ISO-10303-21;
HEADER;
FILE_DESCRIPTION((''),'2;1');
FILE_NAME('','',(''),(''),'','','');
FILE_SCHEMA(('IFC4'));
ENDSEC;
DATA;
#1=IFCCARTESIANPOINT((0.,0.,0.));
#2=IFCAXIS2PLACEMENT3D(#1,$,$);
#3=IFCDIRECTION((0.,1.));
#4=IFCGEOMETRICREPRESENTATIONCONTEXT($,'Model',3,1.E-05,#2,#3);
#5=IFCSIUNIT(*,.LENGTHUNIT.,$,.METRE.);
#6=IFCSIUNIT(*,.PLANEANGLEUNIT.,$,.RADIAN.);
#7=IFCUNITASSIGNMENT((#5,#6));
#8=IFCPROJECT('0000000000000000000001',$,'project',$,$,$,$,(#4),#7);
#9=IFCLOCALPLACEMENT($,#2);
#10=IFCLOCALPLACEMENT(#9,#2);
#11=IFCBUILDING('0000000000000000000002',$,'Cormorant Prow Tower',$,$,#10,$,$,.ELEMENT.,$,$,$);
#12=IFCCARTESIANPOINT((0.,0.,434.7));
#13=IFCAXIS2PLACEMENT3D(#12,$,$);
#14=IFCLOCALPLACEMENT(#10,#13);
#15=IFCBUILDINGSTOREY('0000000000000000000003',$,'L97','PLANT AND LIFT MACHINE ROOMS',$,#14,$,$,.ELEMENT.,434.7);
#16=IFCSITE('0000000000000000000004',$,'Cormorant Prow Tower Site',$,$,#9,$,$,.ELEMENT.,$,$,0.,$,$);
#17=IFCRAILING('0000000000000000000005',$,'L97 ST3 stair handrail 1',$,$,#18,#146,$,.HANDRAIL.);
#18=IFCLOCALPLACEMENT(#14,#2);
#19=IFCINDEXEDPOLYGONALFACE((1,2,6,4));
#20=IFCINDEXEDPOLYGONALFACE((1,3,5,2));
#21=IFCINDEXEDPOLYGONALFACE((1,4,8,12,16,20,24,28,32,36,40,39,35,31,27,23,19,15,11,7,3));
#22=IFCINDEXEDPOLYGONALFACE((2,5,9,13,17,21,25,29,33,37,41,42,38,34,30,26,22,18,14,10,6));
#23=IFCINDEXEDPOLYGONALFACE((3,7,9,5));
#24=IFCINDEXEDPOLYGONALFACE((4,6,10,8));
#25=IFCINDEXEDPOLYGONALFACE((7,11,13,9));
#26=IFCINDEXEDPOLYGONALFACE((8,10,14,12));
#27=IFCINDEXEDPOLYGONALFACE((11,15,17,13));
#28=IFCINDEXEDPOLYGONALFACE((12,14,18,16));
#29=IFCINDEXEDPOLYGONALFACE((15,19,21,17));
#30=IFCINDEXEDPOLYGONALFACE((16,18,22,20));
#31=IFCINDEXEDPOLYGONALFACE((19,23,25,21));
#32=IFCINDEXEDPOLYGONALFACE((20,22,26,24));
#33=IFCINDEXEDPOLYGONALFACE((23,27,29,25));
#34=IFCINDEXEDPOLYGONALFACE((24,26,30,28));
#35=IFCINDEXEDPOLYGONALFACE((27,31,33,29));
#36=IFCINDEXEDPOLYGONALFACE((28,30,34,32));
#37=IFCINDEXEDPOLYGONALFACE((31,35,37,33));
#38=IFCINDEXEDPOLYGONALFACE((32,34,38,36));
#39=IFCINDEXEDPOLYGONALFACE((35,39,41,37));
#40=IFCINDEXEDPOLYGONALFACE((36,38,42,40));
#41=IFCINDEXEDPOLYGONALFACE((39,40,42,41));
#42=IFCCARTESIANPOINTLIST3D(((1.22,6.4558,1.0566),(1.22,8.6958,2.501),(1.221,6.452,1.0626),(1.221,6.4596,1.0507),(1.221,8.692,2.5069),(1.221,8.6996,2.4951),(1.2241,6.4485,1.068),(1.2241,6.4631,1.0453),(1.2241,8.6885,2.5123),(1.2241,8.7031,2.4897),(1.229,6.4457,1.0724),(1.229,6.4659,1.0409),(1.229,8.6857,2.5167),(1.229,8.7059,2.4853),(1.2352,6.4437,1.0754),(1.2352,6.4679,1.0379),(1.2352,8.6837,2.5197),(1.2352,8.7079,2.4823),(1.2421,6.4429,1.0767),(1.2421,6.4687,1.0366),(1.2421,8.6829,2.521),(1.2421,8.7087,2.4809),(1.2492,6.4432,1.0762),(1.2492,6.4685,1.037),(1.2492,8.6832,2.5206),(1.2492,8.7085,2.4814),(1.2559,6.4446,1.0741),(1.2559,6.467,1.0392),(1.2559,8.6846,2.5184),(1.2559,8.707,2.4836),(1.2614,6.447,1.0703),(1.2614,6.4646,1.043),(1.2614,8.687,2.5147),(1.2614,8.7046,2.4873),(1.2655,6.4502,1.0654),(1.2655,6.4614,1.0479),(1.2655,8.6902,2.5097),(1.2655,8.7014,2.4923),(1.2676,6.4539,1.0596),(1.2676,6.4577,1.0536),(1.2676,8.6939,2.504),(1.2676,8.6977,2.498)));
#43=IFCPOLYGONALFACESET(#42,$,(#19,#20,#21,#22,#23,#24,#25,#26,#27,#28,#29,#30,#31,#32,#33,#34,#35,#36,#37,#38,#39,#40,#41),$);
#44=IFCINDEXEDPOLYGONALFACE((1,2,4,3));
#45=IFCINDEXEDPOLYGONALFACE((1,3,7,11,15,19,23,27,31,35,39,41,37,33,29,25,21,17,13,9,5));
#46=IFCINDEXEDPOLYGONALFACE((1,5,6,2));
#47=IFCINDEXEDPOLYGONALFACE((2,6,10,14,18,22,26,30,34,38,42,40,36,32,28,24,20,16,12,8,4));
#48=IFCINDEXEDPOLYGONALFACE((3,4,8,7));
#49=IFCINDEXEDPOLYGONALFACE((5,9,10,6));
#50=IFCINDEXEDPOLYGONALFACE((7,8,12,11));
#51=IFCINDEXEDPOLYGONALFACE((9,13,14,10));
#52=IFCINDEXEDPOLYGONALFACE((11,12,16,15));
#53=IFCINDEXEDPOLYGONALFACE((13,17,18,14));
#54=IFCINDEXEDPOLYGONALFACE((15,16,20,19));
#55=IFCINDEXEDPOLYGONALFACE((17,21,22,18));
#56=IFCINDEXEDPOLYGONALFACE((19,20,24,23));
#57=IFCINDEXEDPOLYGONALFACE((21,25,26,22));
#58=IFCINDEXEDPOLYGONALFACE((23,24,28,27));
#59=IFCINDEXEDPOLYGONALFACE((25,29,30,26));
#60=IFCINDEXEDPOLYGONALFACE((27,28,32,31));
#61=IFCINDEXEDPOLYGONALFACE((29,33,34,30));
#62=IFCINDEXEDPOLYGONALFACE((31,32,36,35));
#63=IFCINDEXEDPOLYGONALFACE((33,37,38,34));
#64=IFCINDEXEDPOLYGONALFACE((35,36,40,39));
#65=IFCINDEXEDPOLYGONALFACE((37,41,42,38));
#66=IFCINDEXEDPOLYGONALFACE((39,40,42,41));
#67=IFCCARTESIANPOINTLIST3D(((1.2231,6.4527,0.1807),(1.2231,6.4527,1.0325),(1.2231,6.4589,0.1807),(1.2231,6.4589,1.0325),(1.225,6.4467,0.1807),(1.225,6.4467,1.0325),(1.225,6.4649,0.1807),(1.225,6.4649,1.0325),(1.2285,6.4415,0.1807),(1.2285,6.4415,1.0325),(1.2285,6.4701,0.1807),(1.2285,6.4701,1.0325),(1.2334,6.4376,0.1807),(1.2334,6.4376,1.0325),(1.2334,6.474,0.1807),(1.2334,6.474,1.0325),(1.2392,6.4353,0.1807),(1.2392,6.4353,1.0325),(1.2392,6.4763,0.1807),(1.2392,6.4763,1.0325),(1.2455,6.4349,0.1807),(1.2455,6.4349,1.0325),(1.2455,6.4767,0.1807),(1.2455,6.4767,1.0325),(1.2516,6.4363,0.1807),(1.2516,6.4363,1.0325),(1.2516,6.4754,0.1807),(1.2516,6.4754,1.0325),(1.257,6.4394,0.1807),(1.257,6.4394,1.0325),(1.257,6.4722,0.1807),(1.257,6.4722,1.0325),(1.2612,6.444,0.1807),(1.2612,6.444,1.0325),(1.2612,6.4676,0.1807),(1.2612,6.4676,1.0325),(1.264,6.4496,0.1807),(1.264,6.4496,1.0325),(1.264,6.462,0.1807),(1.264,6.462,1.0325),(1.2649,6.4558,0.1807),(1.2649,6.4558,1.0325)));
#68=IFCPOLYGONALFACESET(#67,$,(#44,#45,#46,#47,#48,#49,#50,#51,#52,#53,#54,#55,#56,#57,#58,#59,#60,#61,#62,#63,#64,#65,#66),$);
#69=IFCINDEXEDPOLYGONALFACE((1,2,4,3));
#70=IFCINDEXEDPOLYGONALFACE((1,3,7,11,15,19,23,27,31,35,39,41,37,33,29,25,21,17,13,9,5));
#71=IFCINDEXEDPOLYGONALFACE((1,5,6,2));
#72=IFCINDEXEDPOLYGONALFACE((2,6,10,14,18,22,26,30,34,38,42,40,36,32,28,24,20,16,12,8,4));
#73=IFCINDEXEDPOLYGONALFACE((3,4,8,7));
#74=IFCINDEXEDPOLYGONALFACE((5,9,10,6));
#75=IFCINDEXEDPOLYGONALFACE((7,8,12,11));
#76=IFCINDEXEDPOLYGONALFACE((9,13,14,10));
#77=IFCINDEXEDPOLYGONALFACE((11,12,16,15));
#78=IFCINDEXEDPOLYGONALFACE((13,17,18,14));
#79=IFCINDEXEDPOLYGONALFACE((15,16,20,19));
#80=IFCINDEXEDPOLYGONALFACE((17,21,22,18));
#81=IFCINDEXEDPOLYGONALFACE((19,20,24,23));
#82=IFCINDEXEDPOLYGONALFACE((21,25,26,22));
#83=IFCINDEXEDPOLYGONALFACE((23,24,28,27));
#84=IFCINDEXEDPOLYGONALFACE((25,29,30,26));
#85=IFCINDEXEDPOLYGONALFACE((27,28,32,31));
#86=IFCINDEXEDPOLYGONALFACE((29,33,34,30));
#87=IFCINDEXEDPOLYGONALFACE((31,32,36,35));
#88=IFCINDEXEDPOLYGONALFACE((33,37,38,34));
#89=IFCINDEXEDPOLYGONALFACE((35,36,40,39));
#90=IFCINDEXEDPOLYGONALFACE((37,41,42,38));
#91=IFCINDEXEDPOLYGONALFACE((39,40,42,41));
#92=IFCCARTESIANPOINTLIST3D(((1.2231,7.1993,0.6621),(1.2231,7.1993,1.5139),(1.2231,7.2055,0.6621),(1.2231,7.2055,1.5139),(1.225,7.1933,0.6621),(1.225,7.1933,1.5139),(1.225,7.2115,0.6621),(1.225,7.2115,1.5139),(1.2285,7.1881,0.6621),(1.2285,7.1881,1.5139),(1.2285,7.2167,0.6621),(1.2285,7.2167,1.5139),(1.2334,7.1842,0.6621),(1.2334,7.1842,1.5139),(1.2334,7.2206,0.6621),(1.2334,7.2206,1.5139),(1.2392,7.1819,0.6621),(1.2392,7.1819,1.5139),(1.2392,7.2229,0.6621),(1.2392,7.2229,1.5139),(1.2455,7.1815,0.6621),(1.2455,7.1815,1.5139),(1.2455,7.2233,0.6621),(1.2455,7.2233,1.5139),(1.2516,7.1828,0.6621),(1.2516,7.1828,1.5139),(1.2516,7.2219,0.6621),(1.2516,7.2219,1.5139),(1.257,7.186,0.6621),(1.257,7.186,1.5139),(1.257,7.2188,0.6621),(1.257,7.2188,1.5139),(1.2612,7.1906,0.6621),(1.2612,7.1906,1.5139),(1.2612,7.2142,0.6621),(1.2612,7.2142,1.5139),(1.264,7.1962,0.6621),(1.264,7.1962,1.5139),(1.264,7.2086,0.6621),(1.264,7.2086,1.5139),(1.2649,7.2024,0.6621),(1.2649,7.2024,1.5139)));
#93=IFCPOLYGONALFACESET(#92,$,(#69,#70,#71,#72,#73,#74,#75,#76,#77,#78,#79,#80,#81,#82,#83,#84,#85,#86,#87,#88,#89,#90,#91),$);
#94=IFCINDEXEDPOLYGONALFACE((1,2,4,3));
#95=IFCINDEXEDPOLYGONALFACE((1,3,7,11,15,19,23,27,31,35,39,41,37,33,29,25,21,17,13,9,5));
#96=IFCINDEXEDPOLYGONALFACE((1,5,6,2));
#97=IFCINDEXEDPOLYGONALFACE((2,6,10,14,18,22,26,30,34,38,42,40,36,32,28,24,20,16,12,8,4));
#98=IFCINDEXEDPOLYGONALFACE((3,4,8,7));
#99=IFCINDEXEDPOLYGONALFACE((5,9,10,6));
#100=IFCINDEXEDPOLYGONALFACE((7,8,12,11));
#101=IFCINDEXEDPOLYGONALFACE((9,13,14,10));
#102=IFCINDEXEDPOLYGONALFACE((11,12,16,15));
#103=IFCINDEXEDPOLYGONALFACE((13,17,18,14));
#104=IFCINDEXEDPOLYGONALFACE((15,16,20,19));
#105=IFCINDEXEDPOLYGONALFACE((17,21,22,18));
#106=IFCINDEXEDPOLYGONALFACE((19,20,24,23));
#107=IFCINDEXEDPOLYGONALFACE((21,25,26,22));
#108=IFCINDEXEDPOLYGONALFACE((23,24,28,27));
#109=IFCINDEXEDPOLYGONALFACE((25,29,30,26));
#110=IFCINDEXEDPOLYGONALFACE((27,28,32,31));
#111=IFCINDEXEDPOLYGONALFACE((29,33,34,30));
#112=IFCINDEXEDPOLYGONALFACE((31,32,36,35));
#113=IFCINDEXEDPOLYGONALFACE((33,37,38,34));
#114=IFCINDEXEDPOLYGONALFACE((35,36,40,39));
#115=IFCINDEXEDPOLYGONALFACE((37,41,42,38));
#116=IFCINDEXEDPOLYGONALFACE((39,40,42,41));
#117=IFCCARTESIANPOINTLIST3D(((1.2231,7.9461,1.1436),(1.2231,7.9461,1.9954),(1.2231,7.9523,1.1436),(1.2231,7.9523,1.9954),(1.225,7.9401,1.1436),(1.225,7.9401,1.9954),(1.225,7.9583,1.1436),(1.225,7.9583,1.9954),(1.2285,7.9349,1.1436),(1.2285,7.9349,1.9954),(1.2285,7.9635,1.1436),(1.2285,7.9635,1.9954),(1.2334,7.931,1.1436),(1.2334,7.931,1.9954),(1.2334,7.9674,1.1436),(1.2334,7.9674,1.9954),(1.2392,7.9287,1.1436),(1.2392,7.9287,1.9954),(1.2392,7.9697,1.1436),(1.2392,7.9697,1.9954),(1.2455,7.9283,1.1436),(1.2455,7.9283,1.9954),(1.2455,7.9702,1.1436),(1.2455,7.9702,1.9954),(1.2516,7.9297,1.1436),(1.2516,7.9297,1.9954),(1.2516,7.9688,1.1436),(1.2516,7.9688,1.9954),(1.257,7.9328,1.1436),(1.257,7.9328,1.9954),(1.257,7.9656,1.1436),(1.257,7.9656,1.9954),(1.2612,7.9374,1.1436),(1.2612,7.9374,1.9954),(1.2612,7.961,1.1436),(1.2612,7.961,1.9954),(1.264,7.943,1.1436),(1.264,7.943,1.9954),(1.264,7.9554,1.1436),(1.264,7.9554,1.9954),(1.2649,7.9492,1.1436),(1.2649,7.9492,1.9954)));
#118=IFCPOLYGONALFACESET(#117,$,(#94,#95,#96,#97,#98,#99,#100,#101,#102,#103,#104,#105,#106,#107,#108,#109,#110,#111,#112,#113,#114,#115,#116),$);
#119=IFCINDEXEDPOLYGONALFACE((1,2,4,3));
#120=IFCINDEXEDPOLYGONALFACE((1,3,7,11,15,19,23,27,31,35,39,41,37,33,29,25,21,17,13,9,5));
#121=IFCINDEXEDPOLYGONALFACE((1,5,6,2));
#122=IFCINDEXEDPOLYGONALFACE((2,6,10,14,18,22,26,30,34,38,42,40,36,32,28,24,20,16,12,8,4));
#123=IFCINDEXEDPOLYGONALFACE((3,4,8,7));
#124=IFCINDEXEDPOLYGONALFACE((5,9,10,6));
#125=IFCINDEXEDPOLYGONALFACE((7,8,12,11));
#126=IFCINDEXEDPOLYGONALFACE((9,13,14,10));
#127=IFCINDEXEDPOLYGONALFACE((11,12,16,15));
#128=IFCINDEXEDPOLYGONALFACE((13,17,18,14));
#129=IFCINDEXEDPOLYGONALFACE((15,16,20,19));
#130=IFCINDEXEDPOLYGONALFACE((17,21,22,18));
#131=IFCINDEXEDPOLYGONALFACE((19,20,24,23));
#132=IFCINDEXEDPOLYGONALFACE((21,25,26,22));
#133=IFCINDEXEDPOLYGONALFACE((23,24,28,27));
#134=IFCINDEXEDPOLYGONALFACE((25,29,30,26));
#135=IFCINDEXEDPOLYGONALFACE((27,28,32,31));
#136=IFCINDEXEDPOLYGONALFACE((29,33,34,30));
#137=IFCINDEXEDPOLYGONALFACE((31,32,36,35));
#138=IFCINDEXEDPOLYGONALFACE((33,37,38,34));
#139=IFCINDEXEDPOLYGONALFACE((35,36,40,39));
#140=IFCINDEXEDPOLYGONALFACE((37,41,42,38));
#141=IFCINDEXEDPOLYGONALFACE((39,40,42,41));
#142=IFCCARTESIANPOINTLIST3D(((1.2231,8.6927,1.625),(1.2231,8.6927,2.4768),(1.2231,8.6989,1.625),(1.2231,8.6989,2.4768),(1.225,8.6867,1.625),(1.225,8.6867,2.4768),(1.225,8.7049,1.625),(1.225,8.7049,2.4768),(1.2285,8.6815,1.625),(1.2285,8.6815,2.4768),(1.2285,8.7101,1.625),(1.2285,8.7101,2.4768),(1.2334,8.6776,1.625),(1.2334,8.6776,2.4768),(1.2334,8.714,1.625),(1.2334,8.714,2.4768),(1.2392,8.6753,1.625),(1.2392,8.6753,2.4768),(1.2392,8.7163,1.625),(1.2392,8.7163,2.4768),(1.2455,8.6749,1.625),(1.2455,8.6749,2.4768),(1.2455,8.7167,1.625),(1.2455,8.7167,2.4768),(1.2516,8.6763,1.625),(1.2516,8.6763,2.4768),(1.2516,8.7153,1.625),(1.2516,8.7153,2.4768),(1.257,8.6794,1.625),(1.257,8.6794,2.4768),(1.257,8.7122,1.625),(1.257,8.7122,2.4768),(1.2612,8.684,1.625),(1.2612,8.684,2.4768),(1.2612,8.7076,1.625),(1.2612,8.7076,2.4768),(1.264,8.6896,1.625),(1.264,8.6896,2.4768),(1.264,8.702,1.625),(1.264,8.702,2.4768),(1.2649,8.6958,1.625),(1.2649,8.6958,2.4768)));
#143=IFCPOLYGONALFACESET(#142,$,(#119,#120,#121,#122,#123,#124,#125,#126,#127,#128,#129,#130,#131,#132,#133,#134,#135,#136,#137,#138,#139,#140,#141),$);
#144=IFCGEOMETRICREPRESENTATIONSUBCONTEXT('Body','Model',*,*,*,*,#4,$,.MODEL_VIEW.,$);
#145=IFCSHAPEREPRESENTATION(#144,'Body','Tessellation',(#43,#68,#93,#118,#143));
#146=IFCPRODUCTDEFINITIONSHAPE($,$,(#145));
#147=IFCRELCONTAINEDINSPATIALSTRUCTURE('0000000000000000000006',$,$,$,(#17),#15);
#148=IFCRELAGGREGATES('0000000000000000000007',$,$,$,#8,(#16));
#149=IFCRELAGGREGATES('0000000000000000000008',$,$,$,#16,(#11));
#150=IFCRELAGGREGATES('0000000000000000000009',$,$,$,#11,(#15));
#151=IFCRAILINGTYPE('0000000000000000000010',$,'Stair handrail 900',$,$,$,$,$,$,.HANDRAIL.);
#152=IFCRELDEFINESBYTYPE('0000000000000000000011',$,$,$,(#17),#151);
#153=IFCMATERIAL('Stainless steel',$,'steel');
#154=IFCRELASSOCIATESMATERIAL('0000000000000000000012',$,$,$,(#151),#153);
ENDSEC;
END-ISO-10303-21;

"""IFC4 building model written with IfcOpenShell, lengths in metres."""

from ifc_helpers import new_model, si_unit, direction, frame, origin, origin_2d, place, context, subcontext, project, spatial, circle, extrude, material, type_object, element, save


model = new_model("IFC4")

# Units and contexts
model_context = context("Model", 3, precision=1e-05, world=origin(), true_north=direction((0.0, 1.0)))
body_context = subcontext(model_context, "Body", "Model", "MODEL_VIEW")
ifc_project = project(units=[si_unit("LENGTHUNIT", "METRE"), si_unit("PLANEANGLEUNIT", "RADIAN")], contexts=[model_context])

# Site, building, storey
site_placement = place(None, origin())
site = spatial("IfcSite", under=ifc_project, at=site_placement, Name="Cormorant Prow Tower Site", CompositionType="ELEMENT", RefElevation=0.0)
building_placement = place(site_placement, origin())
building = spatial("IfcBuilding", under=site, at=building_placement, Name="Cormorant Prow Tower", CompositionType="ELEMENT")
storey_placement = place(building_placement, frame((0.0, 0.0, 434.7)))
storey = spatial("IfcBuildingStorey", under=building, at=storey_placement, Name="L97", Description="PLANT AND LIFT MACHINE ROOMS", CompositionType="ELEMENT", Elevation=434.7)

# Railing
ifc_material_1 = material(Name="Stainless steel", Category="steel")
railing_type_1 = type_object("IfcRailingType", Name="Stair handrail 900", PredefinedType="HANDRAIL", material=ifc_material_1)
for number, where, name in (
    (1, (1.2439, 6.4558, 0.1807), "L97 ST3 stair handrail 1"),
):
    element("IfcRailing", number, at=place(storey_placement, frame(where)), inside=storey, type_object=railing_type_1, Name=name, PredefinedType="HANDRAIL", context=body_context, shape_type="SweptSolid", body=[
        extrude(circle(Radius=0.0239, at=origin_2d()), frame((0.0, 0.0, 0.876), z_axis=(0.0, 0.840437, 0.54191), x_axis=(-1.0, 0.0, 0.0)), (0.0, 0.0, 1.0), 2.6653),
        extrude(circle(Radius=0.021, at=origin_2d()), origin(), (0.0, 0.0, 1.0), 0.8518),
        extrude(circle(Radius=0.021, at=origin_2d()), frame((0.0, 0.7466, 0.4814)), (0.0, 0.0, 1.0), 0.8518),
        extrude(circle(Radius=0.021, at=origin_2d()), frame((0.0, 1.4934, 0.9629)), (0.0, 0.0, 1.0), 0.8518),
        extrude(circle(Radius=0.021, at=origin_2d()), frame((0.0, 2.24, 1.4443)), (0.0, 0.0, 1.0), 0.8518),
    ])

save(model, "model.ifc")
